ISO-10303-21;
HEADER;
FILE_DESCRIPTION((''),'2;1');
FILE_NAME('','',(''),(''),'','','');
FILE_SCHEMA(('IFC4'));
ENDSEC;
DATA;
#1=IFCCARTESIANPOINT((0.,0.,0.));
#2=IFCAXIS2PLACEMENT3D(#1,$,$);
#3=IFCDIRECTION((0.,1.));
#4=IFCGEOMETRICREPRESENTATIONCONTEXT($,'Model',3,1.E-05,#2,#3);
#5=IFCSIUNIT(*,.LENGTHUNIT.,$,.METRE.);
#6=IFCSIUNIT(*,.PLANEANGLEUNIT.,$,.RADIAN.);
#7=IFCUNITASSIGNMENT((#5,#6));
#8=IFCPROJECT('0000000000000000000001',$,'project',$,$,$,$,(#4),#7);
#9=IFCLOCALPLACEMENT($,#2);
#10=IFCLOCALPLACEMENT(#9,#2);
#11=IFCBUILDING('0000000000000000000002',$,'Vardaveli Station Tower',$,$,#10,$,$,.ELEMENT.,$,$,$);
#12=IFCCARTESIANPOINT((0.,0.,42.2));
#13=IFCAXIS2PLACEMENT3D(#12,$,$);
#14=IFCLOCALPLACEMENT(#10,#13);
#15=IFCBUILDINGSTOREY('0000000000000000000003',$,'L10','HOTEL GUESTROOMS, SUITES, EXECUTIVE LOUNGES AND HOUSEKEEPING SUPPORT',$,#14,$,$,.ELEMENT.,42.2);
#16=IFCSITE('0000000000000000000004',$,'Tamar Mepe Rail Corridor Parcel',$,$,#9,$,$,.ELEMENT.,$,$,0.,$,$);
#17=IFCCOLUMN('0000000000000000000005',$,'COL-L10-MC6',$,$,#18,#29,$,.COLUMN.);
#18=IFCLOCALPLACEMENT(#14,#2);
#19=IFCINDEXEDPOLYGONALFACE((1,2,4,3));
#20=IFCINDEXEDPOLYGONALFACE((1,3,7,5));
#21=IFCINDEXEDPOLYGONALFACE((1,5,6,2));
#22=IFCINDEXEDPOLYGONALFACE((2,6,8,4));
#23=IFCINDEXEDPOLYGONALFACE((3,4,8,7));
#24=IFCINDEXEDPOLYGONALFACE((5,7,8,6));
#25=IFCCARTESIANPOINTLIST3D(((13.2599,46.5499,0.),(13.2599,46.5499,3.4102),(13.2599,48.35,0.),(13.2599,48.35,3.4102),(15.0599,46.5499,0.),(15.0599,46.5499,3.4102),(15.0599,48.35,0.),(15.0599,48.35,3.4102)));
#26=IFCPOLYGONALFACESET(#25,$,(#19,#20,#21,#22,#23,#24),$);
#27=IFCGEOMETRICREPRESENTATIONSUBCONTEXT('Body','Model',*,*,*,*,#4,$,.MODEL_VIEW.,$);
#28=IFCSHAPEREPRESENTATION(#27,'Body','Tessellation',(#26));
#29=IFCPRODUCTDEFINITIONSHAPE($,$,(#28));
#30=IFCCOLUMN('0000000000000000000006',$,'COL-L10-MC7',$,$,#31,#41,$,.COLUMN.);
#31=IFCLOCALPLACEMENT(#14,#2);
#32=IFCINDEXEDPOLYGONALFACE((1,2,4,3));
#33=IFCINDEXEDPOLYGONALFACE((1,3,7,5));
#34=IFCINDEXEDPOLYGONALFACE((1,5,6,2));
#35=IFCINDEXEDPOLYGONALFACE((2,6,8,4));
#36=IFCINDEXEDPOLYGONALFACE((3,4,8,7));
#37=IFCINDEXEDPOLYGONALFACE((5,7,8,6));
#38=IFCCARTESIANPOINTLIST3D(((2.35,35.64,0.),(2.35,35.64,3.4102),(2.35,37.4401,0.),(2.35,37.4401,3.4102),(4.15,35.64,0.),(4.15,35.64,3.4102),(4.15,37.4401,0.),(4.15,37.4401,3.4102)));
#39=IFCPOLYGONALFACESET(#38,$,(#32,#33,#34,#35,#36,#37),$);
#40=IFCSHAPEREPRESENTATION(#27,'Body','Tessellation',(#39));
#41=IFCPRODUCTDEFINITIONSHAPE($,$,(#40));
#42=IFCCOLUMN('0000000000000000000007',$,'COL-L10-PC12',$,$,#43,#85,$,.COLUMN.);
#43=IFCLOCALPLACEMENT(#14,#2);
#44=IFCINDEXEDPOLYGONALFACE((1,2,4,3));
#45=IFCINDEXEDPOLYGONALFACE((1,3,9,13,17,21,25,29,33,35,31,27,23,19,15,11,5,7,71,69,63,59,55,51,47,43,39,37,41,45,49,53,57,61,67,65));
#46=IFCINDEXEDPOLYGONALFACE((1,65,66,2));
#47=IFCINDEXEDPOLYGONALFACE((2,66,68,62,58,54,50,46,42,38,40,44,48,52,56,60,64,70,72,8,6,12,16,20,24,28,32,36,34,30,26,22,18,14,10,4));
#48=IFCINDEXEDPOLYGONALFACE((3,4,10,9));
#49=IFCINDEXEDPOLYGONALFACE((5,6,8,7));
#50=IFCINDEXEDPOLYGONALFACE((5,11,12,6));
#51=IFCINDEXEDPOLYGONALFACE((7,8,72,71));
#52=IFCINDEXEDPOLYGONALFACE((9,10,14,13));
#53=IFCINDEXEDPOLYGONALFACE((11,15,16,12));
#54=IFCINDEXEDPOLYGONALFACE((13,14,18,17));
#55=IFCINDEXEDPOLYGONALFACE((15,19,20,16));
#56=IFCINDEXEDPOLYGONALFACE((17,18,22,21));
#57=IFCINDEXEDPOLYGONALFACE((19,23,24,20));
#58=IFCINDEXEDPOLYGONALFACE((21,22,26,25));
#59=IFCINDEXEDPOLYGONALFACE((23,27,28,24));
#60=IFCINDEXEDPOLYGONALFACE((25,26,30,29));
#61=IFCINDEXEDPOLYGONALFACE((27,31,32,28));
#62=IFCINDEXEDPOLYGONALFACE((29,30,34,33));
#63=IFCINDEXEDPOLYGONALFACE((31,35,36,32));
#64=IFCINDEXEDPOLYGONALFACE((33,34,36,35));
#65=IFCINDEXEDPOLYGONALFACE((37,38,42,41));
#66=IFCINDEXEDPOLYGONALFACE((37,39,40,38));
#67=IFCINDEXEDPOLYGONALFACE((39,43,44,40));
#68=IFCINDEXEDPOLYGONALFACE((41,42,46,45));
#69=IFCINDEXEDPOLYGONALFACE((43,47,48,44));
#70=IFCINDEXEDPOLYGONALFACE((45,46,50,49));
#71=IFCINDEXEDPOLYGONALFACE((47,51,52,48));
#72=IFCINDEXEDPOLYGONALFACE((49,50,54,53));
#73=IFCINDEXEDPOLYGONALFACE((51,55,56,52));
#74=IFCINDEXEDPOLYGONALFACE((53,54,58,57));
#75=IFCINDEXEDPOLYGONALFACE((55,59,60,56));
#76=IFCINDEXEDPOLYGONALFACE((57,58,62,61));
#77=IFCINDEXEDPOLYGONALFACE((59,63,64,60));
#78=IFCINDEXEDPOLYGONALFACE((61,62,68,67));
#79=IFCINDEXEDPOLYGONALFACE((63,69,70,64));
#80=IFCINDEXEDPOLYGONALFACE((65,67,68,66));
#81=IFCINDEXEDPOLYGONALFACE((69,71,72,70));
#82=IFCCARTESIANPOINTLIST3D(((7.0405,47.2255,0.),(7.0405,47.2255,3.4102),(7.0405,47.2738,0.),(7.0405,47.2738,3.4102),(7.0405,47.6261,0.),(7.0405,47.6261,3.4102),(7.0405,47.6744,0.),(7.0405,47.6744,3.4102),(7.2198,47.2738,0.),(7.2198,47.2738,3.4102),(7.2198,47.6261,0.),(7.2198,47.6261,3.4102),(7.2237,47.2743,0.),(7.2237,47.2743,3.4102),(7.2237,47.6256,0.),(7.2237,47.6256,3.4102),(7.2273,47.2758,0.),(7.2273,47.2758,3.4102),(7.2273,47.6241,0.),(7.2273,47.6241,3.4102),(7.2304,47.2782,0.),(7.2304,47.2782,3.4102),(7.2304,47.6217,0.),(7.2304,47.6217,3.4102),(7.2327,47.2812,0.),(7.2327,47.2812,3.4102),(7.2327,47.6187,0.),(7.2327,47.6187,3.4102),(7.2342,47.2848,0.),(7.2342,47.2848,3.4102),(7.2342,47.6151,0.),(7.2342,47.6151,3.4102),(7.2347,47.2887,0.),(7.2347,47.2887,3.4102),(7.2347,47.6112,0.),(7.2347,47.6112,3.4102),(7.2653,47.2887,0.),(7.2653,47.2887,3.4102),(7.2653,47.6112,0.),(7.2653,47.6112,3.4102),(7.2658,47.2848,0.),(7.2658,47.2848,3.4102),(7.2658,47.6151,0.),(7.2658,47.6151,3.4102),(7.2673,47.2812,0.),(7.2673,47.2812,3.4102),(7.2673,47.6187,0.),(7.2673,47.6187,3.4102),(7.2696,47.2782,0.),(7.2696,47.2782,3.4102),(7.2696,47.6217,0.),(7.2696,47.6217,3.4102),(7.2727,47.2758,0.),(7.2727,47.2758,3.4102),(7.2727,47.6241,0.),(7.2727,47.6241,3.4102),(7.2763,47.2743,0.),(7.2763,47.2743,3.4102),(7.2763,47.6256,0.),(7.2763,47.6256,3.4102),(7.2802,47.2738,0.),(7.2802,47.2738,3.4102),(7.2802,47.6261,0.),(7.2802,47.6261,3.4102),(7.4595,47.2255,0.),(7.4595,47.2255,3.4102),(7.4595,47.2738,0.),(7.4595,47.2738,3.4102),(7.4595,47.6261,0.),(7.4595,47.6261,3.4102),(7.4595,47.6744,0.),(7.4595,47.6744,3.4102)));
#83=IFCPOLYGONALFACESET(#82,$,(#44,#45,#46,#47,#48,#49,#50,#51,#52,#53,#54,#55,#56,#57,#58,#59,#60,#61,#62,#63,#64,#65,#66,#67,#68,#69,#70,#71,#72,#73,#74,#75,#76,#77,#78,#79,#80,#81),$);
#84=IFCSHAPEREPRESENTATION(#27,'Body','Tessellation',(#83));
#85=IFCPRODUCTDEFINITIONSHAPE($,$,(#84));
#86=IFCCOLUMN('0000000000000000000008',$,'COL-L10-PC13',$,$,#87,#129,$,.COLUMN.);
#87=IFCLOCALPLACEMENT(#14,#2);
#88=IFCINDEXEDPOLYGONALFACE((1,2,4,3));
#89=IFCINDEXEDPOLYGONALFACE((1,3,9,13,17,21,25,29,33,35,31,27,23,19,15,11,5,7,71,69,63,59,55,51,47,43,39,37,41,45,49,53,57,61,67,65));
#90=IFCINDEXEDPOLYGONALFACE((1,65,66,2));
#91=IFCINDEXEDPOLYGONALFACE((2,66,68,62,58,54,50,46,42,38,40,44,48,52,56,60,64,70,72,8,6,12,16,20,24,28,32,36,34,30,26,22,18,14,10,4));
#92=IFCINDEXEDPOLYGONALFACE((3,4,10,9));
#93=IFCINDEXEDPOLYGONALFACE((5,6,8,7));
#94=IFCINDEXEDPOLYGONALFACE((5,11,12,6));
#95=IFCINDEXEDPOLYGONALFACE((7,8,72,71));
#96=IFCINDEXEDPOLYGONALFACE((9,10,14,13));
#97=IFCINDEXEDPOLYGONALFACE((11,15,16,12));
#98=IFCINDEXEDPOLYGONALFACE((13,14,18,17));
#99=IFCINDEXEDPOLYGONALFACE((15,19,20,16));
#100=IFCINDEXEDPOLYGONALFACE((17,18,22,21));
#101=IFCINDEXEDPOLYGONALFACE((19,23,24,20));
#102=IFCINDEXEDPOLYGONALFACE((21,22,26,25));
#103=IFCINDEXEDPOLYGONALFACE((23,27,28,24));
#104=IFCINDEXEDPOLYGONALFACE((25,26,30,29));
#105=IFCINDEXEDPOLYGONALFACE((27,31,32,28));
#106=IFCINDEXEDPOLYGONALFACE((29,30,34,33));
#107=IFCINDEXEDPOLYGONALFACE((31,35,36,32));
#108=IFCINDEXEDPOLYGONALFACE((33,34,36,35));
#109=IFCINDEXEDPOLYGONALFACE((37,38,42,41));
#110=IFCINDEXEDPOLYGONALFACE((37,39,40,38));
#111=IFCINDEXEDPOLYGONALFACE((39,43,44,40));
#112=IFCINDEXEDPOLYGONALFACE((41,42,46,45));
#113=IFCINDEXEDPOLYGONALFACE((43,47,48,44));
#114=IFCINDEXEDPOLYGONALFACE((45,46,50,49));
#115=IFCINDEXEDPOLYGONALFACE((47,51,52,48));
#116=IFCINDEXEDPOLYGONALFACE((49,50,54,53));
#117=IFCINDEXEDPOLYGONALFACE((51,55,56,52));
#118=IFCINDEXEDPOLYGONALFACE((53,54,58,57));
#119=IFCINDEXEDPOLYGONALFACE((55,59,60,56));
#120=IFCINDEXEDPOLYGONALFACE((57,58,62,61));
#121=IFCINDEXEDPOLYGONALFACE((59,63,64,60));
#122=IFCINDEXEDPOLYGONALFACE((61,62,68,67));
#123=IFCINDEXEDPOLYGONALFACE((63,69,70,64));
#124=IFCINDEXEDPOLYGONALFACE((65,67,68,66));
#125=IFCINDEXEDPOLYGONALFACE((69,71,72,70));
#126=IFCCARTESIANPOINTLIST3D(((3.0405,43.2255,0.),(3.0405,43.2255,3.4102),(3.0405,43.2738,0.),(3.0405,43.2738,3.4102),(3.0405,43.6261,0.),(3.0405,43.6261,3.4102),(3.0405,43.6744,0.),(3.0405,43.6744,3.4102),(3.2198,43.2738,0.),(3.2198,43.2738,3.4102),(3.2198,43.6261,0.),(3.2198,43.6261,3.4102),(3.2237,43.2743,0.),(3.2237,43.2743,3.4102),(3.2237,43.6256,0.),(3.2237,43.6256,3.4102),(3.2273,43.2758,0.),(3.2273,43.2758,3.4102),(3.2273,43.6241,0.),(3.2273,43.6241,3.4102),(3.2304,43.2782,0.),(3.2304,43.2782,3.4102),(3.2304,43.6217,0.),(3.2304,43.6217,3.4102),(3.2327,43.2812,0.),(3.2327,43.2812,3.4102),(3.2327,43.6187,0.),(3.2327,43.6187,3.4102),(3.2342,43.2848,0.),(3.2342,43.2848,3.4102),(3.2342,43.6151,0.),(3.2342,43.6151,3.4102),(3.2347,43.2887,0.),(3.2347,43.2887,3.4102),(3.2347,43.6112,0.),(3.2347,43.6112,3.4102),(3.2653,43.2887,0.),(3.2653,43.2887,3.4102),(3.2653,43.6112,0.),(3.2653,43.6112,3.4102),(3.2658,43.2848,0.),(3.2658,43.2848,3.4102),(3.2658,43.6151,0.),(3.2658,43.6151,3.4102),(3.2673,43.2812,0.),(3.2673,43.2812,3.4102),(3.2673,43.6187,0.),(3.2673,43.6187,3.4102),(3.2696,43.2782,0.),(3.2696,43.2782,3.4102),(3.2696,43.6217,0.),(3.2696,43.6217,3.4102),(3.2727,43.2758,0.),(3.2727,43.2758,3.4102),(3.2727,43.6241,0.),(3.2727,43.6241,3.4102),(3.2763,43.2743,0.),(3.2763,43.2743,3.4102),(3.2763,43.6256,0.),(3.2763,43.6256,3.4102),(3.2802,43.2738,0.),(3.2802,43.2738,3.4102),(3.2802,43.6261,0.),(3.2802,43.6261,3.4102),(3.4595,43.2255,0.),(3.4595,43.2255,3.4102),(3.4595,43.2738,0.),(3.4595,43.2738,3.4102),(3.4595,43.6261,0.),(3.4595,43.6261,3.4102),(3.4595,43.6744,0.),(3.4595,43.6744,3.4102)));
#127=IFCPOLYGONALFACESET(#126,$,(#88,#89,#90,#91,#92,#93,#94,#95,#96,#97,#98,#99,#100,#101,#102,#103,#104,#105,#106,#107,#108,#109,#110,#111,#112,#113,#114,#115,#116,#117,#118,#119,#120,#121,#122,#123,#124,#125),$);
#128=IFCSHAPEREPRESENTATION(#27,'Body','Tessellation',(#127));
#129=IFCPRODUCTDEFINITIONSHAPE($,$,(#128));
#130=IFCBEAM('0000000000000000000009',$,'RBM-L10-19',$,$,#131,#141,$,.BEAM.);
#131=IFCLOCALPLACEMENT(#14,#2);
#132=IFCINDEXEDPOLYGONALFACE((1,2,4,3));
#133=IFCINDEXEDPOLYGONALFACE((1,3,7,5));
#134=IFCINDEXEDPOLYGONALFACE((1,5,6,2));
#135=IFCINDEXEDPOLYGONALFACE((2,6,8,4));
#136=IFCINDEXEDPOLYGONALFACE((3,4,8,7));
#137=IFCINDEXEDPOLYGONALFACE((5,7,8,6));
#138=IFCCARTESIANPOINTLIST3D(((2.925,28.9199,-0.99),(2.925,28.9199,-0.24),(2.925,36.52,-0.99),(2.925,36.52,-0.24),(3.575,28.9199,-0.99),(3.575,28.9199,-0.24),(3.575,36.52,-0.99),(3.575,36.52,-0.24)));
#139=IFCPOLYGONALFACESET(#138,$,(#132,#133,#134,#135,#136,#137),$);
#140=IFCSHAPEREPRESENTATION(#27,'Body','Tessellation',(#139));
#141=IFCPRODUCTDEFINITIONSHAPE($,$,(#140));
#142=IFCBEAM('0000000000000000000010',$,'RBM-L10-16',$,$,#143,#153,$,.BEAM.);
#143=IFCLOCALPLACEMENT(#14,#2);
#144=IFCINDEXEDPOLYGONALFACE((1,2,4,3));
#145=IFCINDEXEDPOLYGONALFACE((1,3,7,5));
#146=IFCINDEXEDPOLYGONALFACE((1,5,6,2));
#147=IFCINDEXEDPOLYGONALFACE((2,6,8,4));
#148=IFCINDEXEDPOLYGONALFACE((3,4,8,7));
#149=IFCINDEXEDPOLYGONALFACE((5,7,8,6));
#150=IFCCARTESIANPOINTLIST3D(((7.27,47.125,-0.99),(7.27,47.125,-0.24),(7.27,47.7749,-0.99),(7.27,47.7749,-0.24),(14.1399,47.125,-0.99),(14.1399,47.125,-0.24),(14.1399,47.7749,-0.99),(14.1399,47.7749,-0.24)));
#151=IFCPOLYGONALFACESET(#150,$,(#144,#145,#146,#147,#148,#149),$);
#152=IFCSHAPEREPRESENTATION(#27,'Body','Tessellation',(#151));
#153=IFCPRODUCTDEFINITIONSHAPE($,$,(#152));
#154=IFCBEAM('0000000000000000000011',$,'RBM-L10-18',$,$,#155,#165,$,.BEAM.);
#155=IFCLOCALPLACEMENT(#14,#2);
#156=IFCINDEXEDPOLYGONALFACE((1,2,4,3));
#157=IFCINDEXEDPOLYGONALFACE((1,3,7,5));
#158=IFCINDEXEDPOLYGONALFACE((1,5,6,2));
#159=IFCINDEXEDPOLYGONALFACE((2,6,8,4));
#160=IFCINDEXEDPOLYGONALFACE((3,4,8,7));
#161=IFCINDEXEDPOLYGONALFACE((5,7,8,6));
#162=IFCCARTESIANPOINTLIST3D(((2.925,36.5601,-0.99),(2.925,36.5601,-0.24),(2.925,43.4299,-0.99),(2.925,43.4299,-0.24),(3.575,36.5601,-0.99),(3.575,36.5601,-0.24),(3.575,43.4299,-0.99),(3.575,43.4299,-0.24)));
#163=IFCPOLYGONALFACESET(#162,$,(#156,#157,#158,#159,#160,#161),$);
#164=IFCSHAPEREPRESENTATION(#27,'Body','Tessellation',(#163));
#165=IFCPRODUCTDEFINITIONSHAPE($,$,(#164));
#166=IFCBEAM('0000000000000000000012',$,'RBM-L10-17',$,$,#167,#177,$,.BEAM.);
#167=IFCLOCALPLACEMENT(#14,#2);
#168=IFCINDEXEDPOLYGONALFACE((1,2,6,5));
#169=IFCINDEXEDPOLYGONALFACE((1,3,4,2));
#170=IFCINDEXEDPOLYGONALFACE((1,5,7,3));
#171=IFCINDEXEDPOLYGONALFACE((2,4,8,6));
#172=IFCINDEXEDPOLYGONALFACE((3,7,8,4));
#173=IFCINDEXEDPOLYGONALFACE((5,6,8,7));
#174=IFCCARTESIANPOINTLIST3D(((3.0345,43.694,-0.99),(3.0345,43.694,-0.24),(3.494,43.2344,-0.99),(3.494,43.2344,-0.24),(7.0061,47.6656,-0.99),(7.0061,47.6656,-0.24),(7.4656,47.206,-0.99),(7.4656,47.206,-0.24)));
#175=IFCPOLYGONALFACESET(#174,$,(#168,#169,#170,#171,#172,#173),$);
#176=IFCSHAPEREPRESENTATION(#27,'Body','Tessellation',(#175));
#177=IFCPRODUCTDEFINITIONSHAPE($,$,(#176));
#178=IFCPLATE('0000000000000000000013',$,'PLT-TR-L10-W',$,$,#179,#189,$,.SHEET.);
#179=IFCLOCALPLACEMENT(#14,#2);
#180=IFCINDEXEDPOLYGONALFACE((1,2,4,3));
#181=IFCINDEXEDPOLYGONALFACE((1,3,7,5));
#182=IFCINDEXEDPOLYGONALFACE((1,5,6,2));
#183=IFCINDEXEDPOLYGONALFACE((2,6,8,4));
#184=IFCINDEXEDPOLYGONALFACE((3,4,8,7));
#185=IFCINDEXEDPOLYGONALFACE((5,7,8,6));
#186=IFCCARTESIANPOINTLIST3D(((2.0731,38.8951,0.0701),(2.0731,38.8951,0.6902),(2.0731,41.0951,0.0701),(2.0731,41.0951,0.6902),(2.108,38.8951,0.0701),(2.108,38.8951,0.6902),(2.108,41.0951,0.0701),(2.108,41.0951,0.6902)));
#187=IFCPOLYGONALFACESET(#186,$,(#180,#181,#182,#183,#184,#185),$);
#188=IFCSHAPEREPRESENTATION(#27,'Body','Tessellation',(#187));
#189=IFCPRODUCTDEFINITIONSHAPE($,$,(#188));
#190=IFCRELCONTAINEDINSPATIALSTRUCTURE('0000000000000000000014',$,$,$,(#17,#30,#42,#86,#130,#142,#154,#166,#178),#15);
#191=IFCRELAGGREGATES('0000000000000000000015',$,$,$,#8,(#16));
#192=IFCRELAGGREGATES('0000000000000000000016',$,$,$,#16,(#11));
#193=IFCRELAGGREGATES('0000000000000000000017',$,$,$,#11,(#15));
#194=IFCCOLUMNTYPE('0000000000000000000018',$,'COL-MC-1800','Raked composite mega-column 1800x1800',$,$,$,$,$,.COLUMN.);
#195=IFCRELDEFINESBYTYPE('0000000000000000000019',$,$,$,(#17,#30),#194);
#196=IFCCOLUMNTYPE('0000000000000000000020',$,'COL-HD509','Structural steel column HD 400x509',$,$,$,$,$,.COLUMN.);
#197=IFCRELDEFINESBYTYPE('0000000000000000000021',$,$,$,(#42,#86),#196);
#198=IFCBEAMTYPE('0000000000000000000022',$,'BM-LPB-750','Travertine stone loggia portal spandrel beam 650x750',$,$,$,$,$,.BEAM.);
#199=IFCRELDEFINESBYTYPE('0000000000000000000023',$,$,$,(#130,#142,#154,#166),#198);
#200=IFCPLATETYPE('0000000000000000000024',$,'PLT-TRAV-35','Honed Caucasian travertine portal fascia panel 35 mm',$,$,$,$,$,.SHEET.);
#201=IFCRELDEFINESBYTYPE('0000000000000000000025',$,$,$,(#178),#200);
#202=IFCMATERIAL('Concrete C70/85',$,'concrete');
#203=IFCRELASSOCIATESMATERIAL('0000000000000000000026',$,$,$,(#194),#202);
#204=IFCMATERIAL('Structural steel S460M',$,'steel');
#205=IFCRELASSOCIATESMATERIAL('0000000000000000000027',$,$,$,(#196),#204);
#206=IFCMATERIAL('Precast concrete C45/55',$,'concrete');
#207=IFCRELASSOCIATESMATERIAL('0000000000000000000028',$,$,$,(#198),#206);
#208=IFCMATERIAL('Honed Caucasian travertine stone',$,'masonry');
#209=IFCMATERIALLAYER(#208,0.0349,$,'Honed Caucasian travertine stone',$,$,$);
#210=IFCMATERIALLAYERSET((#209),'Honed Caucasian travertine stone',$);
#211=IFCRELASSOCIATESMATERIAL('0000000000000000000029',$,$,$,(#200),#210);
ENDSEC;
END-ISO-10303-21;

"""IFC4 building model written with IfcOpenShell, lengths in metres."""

from ifc_helpers import new_model, si_unit, direction, frame, origin, origin_2d, place, context, subcontext, project, spatial, rectangle, i_section, extrude, source, transform, mapped, material, layer, layer_set, material_profile, profile_set, type_object, element, save


model = new_model("IFC4")

# Units and contexts
model_context = context("Model", 3, precision=1e-05, world=origin(), true_north=direction((0.0, 1.0)))
body_context = subcontext(model_context, "Body", "Model", "MODEL_VIEW")
ifc_project = project(units=[si_unit("LENGTHUNIT", "METRE"), si_unit("PLANEANGLEUNIT", "RADIAN")], contexts=[model_context])

# Site, building, storey
site_placement = place(None, origin())
site = spatial("IfcSite", under=ifc_project, at=site_placement, Name="Tamar Mepe Rail Corridor Parcel", CompositionType="ELEMENT", RefElevation=0.0)
building_placement = place(site_placement, origin())
building = spatial("IfcBuilding", under=site, at=building_placement, Name="Vardaveli Station Tower", CompositionType="ELEMENT")
storey_placement = place(building_placement, frame((0.0, 0.0, 42.2)))
storey = spatial("IfcBuildingStorey", under=building, at=storey_placement, Name="L10", Description="HOTEL GUESTROOMS, SUITES, EXECUTIVE LOUNGES AND HOUSEKEEPING SUPPORT", CompositionType="ELEMENT", Elevation=42.2)

# Columns
ifc_material_1 = material(Name="Concrete C70/85", Category="concrete")
ifc_material_profile_1 = material_profile(ifc_material_1, rectangle(XDim=1.8, YDim=1.8, at=origin_2d()), Name="MC 1800x1800")
ifc_profile_set_1 = profile_set([ifc_material_profile_1], Name="Concrete C70/85")
column_type_1 = type_object("IfcColumnType", Name="COL-MC-1800", Description="Raked composite mega-column 1800x1800", PredefinedType="COLUMN", material=ifc_profile_set_1)
shared_shape_1 = source(origin(), body_context, "Body", "SweptSolid", [
    extrude(rectangle(XDim=1.8, YDim=1.8, at=origin_2d()), origin(), (0.0, 0.0, 1.0), 3.4102),
])
for number, where, z_axis, x_axis, name in (
    (1, (14.1599, 47.45, 0.0), (0.0, 0.0, 1.0), (1.0, 0.0, 0.0), "COL-L10-MC6"),
    (2, (3.25, 36.54, 0.0), (0.0, 0.0, 1.0), (1.0, 0.0, 0.0), "COL-L10-MC7"),
):
    element("IfcColumn", number, at=place(storey_placement, frame(where, z_axis=z_axis, x_axis=x_axis)), inside=storey, type_object=column_type_1, Name=name, PredefinedType="COLUMN", context=body_context, shape_type="MappedRepresentation", body=[
        mapped(shared_shape_1, transform((0.0, 0.0, 0.0), scale=1.0)),
    ])
ifc_material_2 = material(Name="Structural steel S460M", Category="steel")
ifc_material_profile_2 = material_profile(ifc_material_2, i_section(OverallWidth=0.4189, OverallDepth=0.449, WebThickness=0.0305, FlangeThickness=0.0483, FilletRadius=0.0149, at=origin_2d()), Name="HD 400x509")
ifc_profile_set_2 = profile_set([ifc_material_profile_2], Name="Structural steel S460M")
column_type_2 = type_object("IfcColumnType", Name="COL-HD509", Description="Structural steel column HD 400x509", PredefinedType="COLUMN", material=ifc_profile_set_2)
shared_shape_2 = source(origin(), body_context, "Body", "SweptSolid", [
    extrude(i_section(OverallWidth=0.4189, OverallDepth=0.449, WebThickness=0.0305, FlangeThickness=0.0483, FilletRadius=0.0149, at=origin_2d()), origin(), (0.0, 0.0, 1.0), 3.4102),
])
for number, where, z_axis, x_axis, name in (
    (3, (7.25, 47.45, 0.0), (0.0, 0.0, 1.0), (1.0, 0.0, 0.0), "COL-L10-PC12"),
    (4, (3.25, 43.45, 0.0), (0.0, 0.0, 1.0), (1.0, 0.0, 0.0), "COL-L10-PC13"),
):
    element("IfcColumn", number, at=place(storey_placement, frame(where, z_axis=z_axis, x_axis=x_axis)), inside=storey, type_object=column_type_2, Name=name, PredefinedType="COLUMN", context=body_context, shape_type="MappedRepresentation", body=[
        mapped(shared_shape_2, transform((0.0, 0.0, 0.0), scale=1.0)),
    ])

# Beams
ifc_material_3 = material(Name="Precast concrete C45/55", Category="concrete")
ifc_material_profile_3 = material_profile(ifc_material_3, rectangle(XDim=0.6499, YDim=0.75, at=origin_2d()), Name="LPB 650x750")
ifc_profile_set_3 = profile_set([ifc_material_profile_3], Name="Precast concrete C45/55")
beam_type = type_object("IfcBeamType", Name="BM-LPB-750", Description="Travertine stone loggia portal spandrel beam 650x750", PredefinedType="BEAM", material=ifc_profile_set_3)
shared_shape_3 = source(origin(), body_context, "Body", "SweptSolid", [
    extrude(rectangle(XDim=0.6499, YDim=0.75, at=origin_2d()), origin(), (0.0, 0.0, 1.0), 7.6001),
])
beam_1_placement = place(storey_placement, frame((3.25, 36.52, -0.615), z_axis=(0.0, -1.0, 0.0), x_axis=(1.0, 0.0, 0.0)))
element("IfcBeam", 5, at=beam_1_placement, inside=storey, type_object=beam_type, Name="RBM-L10-19", PredefinedType="BEAM", context=body_context, shape_type="MappedRepresentation", body=[
    mapped(shared_shape_3, transform((0.0, 0.0, 0.0), scale=1.0)),
])
shared_shape_4 = source(origin(), body_context, "Body", "SweptSolid", [
    extrude(rectangle(XDim=0.6499, YDim=0.75, at=origin_2d()), origin(), (0.0, 0.0, 1.0), 6.8699),
])
for number, where, z_axis, x_axis, name in (
    (6, (14.1399, 47.45, -0.615), (-1.0, 0.0, 0.0), (0.0, -1.0, 0.0), "RBM-L10-16"),
    (7, (3.25, 43.4299, -0.615), (0.0, -1.0, 0.0), (1.0, 0.0, 0.0), "RBM-L10-18"),
):
    element("IfcBeam", number, at=place(storey_placement, frame(where, z_axis=z_axis, x_axis=x_axis)), inside=storey, type_object=beam_type, Name=name, PredefinedType="BEAM", context=body_context, shape_type="MappedRepresentation", body=[
        mapped(shared_shape_4, transform((0.0, 0.0, 0.0), scale=1.0)),
    ])
shared_shape_5 = source(origin(), body_context, "Body", "SweptSolid", [
    extrude(rectangle(XDim=0.6499, YDim=0.75, at=origin_2d()), origin(), (0.0, 0.0, 1.0), 5.6167),
])
beam_2_placement = place(storey_placement, frame((7.2358, 47.4358, -0.615), z_axis=(-0.707107, -0.707107, 0.0), x_axis=(0.707107, -0.707107, 0.0)))
element("IfcBeam", 8, at=beam_2_placement, inside=storey, type_object=beam_type, Name="RBM-L10-17", PredefinedType="BEAM", context=body_context, shape_type="MappedRepresentation", body=[
    mapped(shared_shape_5, transform((0.0, 0.0, 0.0), scale=1.0)),
])

# Plate
ifc_material_4 = material(Name="Honed Caucasian travertine stone", Category="masonry")
ifc_layer_1 = layer(ifc_material_4, 0.0349, Name="Honed Caucasian travertine stone")
ifc_layer_set_1 = layer_set([ifc_layer_1], Name="Honed Caucasian travertine stone")
plate_type = type_object("IfcPlateType", Name="PLT-TRAV-35", Description="Honed Caucasian travertine portal fascia panel 35 mm", PredefinedType="SHEET", material=ifc_layer_set_1)
shared_shape_6 = source(origin(), body_context, "Body", "SweptSolid", [
    extrude(rectangle(XDim=2.2, YDim=0.0349, at=origin_2d()), origin(), (0.0, 0.0, 1.0), 0.6201),
])
plate_placement = place(storey_placement, frame((2.0906, 39.9951, 0.0701), z_axis=(0.0, 0.0, 1.0), x_axis=(0.0, 1.0, 0.0)))
element("IfcPlate", 9, at=plate_placement, inside=storey, type_object=plate_type, Name="PLT-TR-L10-W", PredefinedType="SHEET", context=body_context, shape_type="MappedRepresentation", body=[
    mapped(shared_shape_6, transform((0.0, 0.0, 0.0), scale=1.0)),
])

save(model, "model.ifc")
